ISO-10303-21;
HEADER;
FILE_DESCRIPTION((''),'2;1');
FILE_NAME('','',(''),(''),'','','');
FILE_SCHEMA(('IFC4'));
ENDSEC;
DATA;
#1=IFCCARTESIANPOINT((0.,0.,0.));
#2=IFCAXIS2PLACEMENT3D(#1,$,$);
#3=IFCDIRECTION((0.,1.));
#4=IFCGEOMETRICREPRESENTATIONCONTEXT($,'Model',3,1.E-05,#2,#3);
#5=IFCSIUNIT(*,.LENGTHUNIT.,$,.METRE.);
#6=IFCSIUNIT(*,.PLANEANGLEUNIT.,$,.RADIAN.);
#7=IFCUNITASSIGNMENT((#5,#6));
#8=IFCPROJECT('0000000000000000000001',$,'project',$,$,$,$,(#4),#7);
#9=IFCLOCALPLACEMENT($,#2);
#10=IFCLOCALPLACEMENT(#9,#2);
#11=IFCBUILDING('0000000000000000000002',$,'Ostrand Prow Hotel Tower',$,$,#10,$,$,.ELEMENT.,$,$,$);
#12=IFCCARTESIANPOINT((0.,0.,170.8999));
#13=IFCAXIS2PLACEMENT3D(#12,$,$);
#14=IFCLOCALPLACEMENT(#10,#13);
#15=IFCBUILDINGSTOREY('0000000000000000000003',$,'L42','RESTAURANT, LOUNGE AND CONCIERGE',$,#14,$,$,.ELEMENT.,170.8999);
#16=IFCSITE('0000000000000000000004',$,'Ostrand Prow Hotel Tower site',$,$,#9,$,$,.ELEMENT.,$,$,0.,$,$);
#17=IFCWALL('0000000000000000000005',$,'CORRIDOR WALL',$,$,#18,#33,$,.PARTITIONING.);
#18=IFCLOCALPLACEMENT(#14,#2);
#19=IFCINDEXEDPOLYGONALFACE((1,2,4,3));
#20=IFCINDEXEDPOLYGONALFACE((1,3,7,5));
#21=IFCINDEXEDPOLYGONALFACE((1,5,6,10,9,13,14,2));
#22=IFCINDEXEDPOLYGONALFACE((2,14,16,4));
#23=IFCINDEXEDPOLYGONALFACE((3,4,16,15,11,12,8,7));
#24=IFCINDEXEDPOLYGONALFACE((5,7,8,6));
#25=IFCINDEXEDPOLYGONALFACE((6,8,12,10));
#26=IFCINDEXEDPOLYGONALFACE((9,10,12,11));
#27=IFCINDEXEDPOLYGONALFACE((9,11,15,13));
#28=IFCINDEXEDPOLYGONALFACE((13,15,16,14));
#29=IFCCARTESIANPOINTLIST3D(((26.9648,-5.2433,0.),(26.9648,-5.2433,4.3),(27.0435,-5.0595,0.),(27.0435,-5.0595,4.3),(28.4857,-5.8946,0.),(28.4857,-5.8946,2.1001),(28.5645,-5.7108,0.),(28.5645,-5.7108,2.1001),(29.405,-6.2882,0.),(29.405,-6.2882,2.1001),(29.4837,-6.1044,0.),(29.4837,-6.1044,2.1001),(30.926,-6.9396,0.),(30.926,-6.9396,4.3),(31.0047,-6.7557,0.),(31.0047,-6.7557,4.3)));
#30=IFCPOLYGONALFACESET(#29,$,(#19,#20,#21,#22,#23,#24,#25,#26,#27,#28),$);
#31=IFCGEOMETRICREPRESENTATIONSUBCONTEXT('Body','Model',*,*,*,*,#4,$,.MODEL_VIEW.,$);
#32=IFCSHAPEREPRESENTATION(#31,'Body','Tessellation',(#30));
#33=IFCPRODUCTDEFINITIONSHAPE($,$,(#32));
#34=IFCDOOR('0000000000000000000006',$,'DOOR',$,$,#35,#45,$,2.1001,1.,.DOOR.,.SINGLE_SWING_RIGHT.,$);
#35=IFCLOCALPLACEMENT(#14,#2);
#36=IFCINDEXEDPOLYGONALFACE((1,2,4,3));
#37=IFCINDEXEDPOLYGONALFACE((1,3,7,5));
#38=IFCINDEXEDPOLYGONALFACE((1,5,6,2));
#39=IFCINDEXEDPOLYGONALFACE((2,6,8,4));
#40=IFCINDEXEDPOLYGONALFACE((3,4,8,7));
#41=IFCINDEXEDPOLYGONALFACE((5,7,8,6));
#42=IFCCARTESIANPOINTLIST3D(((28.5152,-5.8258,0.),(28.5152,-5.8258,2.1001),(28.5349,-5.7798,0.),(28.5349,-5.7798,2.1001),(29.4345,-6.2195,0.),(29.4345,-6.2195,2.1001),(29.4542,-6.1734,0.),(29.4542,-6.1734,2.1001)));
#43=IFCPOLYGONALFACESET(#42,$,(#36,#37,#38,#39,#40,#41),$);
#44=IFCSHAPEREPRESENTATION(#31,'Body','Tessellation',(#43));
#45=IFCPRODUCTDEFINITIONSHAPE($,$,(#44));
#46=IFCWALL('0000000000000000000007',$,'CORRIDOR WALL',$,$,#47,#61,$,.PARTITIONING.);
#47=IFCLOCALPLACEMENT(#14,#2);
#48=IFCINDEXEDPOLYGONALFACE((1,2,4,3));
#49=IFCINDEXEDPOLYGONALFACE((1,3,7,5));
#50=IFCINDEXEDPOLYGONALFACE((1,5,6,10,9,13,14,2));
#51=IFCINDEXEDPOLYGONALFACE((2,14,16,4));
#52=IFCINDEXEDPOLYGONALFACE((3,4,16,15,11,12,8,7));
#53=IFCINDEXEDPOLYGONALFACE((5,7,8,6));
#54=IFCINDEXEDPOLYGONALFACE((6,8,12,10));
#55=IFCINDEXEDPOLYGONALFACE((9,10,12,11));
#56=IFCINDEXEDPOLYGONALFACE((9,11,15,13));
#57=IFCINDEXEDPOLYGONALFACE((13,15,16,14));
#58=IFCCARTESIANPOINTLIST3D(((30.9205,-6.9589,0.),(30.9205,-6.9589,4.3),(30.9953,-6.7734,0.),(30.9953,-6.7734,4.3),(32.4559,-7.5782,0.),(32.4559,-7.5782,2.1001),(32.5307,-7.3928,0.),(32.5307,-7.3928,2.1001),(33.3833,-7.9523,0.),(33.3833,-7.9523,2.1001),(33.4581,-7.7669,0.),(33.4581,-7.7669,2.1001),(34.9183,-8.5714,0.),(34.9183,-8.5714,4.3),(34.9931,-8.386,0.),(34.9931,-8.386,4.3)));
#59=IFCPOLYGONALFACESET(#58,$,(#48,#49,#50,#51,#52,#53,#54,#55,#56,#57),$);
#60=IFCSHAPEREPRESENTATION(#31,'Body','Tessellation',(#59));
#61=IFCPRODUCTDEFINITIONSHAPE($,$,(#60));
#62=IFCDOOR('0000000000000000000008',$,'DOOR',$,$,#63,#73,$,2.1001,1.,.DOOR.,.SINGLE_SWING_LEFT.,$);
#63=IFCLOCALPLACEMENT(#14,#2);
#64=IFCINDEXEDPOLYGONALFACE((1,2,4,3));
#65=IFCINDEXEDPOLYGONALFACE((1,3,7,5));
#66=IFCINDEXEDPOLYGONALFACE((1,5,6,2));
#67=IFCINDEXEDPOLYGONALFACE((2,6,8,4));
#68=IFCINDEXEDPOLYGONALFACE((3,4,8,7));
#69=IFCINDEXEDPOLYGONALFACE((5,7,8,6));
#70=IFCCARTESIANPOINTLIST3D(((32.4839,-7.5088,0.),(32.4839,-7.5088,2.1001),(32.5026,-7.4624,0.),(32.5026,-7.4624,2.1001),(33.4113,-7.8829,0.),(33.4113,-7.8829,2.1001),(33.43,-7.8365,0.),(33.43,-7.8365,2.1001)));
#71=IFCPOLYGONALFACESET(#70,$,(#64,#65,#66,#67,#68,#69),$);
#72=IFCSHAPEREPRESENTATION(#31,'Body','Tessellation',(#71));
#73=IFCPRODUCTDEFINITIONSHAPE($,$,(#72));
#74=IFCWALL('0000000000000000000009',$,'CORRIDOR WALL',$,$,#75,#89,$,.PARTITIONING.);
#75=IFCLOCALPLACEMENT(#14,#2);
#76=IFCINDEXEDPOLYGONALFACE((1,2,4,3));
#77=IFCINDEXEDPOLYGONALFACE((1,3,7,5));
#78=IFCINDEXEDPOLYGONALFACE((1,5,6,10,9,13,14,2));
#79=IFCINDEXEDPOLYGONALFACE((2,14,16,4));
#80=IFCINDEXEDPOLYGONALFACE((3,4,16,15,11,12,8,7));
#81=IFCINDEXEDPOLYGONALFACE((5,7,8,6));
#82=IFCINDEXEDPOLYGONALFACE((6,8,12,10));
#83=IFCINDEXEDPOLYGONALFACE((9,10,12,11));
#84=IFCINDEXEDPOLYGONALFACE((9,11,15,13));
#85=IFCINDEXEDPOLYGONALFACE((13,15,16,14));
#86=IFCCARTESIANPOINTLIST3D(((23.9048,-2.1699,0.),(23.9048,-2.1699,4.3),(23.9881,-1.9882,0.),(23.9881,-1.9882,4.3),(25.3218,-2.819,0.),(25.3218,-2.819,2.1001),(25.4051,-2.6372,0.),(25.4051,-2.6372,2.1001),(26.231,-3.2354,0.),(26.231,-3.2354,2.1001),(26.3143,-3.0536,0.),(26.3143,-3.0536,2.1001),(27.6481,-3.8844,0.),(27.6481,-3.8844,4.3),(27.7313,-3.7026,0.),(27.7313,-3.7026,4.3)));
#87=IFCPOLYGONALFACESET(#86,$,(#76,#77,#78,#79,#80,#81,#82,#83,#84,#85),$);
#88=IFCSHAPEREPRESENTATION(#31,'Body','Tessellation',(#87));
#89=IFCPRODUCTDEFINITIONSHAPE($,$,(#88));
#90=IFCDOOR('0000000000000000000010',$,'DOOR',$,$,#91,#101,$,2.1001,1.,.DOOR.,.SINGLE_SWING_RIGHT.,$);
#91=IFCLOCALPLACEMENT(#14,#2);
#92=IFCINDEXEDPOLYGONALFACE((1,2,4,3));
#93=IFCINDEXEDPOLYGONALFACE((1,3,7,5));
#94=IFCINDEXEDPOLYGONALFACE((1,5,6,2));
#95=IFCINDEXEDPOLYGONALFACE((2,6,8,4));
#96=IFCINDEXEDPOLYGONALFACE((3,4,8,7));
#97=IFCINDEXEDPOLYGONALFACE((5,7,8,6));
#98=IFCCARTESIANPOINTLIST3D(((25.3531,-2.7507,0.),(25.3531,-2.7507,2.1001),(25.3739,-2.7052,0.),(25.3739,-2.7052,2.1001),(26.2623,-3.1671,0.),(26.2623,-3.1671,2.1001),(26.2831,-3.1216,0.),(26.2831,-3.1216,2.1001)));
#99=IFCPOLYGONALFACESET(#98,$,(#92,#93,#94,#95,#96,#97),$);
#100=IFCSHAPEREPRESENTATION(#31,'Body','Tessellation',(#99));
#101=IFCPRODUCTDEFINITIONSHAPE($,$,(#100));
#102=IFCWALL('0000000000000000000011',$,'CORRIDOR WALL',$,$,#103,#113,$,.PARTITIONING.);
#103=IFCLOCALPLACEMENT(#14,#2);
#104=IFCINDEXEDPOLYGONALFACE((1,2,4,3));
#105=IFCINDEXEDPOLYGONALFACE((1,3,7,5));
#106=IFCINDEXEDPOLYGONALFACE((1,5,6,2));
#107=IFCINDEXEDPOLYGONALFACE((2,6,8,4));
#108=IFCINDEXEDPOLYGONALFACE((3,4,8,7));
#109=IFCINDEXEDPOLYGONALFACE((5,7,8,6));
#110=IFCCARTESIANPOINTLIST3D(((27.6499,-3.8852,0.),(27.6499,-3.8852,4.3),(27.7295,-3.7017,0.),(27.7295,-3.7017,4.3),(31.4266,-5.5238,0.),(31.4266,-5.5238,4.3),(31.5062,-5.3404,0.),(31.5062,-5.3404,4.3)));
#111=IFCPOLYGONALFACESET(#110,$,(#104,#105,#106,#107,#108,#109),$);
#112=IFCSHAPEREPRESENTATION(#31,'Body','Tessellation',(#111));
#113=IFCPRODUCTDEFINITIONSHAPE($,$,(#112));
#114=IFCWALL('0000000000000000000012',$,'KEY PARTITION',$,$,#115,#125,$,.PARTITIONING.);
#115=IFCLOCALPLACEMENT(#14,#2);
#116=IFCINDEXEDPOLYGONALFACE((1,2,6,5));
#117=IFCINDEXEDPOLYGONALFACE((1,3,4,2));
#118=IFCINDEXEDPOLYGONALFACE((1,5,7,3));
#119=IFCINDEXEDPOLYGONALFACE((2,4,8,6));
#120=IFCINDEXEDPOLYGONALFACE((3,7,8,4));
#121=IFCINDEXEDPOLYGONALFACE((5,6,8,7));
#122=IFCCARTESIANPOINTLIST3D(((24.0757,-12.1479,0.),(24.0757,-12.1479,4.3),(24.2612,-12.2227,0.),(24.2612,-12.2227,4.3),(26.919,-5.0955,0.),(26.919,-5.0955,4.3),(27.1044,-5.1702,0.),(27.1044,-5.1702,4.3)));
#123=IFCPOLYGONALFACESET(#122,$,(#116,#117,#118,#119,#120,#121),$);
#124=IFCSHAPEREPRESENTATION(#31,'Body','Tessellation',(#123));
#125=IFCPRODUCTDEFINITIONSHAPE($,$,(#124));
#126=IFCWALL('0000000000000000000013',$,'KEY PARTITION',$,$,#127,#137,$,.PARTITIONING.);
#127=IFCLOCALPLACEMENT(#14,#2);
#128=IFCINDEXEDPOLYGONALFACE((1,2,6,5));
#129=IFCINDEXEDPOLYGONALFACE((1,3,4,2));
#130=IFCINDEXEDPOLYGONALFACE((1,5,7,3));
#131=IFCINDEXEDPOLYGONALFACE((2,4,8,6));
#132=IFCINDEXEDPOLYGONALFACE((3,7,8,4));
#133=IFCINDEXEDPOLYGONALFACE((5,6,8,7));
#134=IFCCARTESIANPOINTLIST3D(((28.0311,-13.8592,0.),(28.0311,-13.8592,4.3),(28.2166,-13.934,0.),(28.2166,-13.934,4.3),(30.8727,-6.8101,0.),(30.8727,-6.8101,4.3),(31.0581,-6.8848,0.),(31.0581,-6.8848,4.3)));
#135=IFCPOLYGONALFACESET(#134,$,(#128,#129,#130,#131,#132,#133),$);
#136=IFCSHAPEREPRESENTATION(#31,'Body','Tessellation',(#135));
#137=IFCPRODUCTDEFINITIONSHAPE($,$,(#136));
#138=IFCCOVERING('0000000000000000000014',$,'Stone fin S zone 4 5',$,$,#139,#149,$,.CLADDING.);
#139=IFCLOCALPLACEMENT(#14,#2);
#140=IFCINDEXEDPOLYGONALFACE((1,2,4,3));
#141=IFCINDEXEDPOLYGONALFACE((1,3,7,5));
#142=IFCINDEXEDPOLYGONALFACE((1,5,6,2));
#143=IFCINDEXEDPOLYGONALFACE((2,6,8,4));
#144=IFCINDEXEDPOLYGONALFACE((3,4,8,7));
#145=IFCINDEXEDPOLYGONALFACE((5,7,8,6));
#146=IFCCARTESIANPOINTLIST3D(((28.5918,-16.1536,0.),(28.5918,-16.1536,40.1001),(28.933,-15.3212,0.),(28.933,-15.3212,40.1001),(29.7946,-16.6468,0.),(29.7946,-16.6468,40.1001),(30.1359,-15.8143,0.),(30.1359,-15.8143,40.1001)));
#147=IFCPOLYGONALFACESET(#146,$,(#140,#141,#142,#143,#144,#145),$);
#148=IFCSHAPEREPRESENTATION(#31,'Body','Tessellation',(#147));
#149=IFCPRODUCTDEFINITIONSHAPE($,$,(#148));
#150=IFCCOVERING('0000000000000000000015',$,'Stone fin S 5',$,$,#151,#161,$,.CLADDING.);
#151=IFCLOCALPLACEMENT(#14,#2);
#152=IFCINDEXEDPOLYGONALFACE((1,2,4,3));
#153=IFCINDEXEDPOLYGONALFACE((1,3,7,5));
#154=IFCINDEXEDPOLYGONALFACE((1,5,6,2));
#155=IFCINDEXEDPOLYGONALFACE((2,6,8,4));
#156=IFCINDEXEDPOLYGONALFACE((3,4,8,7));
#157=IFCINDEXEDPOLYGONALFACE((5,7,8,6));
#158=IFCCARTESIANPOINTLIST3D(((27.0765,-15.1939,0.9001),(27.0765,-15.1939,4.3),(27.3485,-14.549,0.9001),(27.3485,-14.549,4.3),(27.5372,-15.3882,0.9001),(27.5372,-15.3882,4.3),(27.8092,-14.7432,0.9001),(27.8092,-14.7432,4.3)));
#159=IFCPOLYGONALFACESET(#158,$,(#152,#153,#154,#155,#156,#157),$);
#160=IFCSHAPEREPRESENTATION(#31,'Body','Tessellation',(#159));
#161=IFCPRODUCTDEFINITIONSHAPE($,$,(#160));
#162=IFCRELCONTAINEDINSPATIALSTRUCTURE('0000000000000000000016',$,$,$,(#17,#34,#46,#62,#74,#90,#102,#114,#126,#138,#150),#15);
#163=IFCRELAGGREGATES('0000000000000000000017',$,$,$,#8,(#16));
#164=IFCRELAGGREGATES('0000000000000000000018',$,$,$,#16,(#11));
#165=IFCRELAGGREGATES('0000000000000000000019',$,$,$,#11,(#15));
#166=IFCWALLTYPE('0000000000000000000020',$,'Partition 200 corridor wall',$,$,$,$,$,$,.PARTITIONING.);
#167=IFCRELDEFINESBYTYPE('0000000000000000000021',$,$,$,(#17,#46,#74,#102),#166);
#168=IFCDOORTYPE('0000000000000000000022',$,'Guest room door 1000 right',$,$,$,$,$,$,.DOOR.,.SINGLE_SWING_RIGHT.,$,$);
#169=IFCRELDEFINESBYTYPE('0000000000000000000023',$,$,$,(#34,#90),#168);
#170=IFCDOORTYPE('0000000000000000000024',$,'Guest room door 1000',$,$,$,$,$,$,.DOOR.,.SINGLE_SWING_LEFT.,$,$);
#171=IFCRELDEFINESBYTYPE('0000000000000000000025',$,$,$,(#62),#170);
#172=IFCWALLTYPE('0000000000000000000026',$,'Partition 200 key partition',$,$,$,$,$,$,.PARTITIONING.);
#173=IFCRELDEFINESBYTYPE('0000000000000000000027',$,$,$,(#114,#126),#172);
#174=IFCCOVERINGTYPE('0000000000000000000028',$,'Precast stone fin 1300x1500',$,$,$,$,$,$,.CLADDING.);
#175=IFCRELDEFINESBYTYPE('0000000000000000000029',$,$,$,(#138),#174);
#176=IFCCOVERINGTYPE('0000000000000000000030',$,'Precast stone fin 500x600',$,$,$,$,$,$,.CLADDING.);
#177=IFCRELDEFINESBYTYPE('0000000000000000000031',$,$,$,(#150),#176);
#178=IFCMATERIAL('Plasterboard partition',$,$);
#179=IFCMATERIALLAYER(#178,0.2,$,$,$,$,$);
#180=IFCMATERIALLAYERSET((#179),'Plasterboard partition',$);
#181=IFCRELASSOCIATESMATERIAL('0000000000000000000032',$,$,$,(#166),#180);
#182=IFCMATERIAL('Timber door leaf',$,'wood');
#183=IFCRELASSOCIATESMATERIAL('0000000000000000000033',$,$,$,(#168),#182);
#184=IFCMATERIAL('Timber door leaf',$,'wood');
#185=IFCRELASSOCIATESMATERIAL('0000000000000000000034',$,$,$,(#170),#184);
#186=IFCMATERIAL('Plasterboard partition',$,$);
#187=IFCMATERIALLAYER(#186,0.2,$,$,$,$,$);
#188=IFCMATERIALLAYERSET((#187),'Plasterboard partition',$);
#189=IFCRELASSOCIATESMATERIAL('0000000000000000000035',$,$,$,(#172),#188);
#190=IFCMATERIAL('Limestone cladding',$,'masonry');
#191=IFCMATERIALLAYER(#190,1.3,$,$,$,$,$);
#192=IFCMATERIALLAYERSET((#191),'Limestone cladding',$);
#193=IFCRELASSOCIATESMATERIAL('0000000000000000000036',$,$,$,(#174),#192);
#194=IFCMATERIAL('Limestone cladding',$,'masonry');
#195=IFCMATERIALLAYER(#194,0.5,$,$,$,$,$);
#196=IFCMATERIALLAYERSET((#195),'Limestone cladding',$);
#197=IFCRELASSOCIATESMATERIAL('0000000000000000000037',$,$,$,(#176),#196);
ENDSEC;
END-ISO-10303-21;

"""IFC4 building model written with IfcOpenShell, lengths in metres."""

from ifc_helpers import new_model, si_unit, direction, frame, frame_2d, origin, place, context, subcontext, project, spatial, rectangle, extrude, material, layer, layer_set, type_object, element, fill, save


model = new_model("IFC4")

# Units and contexts
model_context = context("Model", 3, precision=1e-05, world=origin(), true_north=direction((0.0, 1.0)))
body_context = subcontext(model_context, "Body", "Model", "MODEL_VIEW")
ifc_project = project(units=[si_unit("LENGTHUNIT", "METRE"), si_unit("PLANEANGLEUNIT", "RADIAN")], contexts=[model_context])

# Site, building, storey
site_placement = place(None, origin())
site = spatial("IfcSite", under=ifc_project, at=site_placement, Name="Ostrand Prow Hotel Tower site", CompositionType="ELEMENT", RefElevation=0.0)
building_placement = place(site_placement, origin())
building = spatial("IfcBuilding", under=site, at=building_placement, Name="Ostrand Prow Hotel Tower", CompositionType="ELEMENT")
storey_placement = place(building_placement, frame((0.0, 0.0, 170.8999)))
storey = spatial("IfcBuildingStorey", under=building, at=storey_placement, Name="L42", Description="RESTAURANT, LOUNGE AND CONCIERGE", CompositionType="ELEMENT", Elevation=170.8999)

# Walls, openings, doors
ifc_material_1 = material(Name="Plasterboard partition")
ifc_layer_1 = layer(ifc_material_1, 0.2)
ifc_layer_set_1 = layer_set([ifc_layer_1], Name="Plasterboard partition")
wall_type_1 = type_object("IfcWallType", Name="Partition 200 corridor wall", PredefinedType="PARTITIONING", material=ifc_layer_set_1)
wall_1_placement = place(storey_placement, frame((27.0042, -5.1514, 0.0), z_axis=(0.0, 0.0, 1.0), x_axis=(0.919259, -0.393653, 0.0)))
wall_1 = element("IfcWall", 1, at=wall_1_placement, inside=storey, type_object=wall_type_1, Name="CORRIDOR WALL", PredefinedType="PARTITIONING", context=body_context, shape_type="SweptSolid", body=[
    extrude(rectangle(XDim=4.3091, YDim=0.2, at=frame_2d((2.1545, 0.0))), origin(), (0.0, 0.0, 1.0), 4.3),
])
opening_1_placement = place(wall_1_placement, frame((1.6545, 0.0, 0.0)))
opening_1 = element("IfcOpeningElement", 2, at=opening_1_placement, cuts=wall_1, PredefinedType="OPENING", context=body_context, shape_type="SweptSolid", body=[
    extrude(rectangle(XDim=1.0, YDim=2.1001, at=frame_2d((0.5, 1.05))), frame((0.0, 0.1099, 0.0), z_axis=(0.0, -1.0, 0.0), x_axis=(1.0, 0.0, 0.0)), (0.0, 0.0, 1.0), 0.22),
])
ifc_material_2 = material(Name="Timber door leaf", Category="wood")
door_type_1 = type_object("IfcDoorType", Name="Guest room door 1000 right", OperationType="SINGLE_SWING_RIGHT", PredefinedType="DOOR", material=ifc_material_2)
door_1_placement = place(opening_1_placement, origin())
door_1 = element("IfcDoor", 3, at=door_1_placement, inside=storey, type_object=door_type_1, Name="DOOR", OperationType="SINGLE_SWING_RIGHT", OverallHeight=2.1001, OverallWidth=1.0, PredefinedType="DOOR", context=body_context, shape_type="SweptSolid", body=[
    extrude(rectangle(XDim=1.0, YDim=2.1001, at=frame_2d((0.5, 1.05))), frame((0.0, 0.0249, 0.0), z_axis=(0.0, -1.0, 0.0), x_axis=(1.0, 0.0, 0.0)), (0.0, 0.0, 1.0), 0.05),
])
fill(opening_1, door_1)
wall_2_placement = place(storey_placement, frame((30.958, -6.8662, 0.0), z_axis=(0.0, 0.0, 1.0), x_axis=(0.927399, -0.374074, 0.0)))
wall_2 = element("IfcWall", 4, at=wall_2_placement, inside=storey, type_object=wall_type_1, Name="CORRIDOR WALL", PredefinedType="PARTITIONING", context=body_context, shape_type="SweptSolid", body=[
    extrude(rectangle(XDim=4.3108, YDim=0.2, at=frame_2d((2.1553, 0.0))), origin(), (0.0, 0.0, 1.0), 4.3),
])
opening_2_placement = place(wall_2_placement, frame((1.6555, 0.0, 0.0)))
opening_2 = element("IfcOpeningElement", 5, at=opening_2_placement, cuts=wall_2, PredefinedType="OPENING", context=body_context, shape_type="SweptSolid", body=[
    extrude(rectangle(XDim=1.0, YDim=2.1001, at=frame_2d((0.5, 1.05))), frame((0.0, 0.1099, 0.0), z_axis=(0.0, -1.0, 0.0), x_axis=(1.0, 0.0, 0.0)), (0.0, 0.0, 1.0), 0.22),
])
ifc_material_3 = material(Name="Timber door leaf", Category="wood")
door_type_2 = type_object("IfcDoorType", Name="Guest room door 1000", OperationType="SINGLE_SWING_LEFT", PredefinedType="DOOR", material=ifc_material_3)
door_2_placement = place(opening_2_placement, origin())
door_2 = element("IfcDoor", 6, at=door_2_placement, inside=storey, type_object=door_type_2, Name="DOOR", OperationType="SINGLE_SWING_LEFT", OverallHeight=2.1001, OverallWidth=1.0, PredefinedType="DOOR", context=body_context, shape_type="SweptSolid", body=[
    extrude(rectangle(XDim=1.0, YDim=2.1001, at=frame_2d((0.5, 1.05))), frame((0.0, 0.0249, 0.0), z_axis=(0.0, -1.0, 0.0), x_axis=(1.0, 0.0, 0.0)), (0.0, 0.0, 1.0), 0.05),
])
fill(opening_2, door_2)
wall_3_placement = place(storey_placement, frame((27.6897, -3.7935, 0.0), z_axis=(0.0, 0.0, 1.0), x_axis=(-0.909181, 0.416402, 0.0)))
wall_3 = element("IfcWall", 7, at=wall_3_placement, inside=storey, type_object=wall_type_1, Name="CORRIDOR WALL", PredefinedType="PARTITIONING", context=body_context, shape_type="SweptSolid", body=[
    extrude(rectangle(XDim=4.1172, YDim=0.2, at=frame_2d((2.0586, 0.0))), origin(), (0.0, 0.0, 1.0), 4.3),
])
opening_3_placement = place(wall_3_placement, frame((1.5586, 0.0, 0.0)))
opening_3 = element("IfcOpeningElement", 8, at=opening_3_placement, cuts=wall_3, PredefinedType="OPENING", context=body_context, shape_type="SweptSolid", body=[
    extrude(rectangle(XDim=1.0, YDim=2.1001, at=frame_2d((0.5, 1.05))), frame((0.0, 0.1099, 0.0), z_axis=(0.0, -1.0, 0.0), x_axis=(1.0, 0.0, 0.0)), (0.0, 0.0, 1.0), 0.22),
])
door_3_placement = place(opening_3_placement, origin())
door_3 = element("IfcDoor", 9, at=door_3_placement, inside=storey, type_object=door_type_1, Name="DOOR", OperationType="SINGLE_SWING_RIGHT", OverallHeight=2.1001, OverallWidth=1.0, PredefinedType="DOOR", context=body_context, shape_type="SweptSolid", body=[
    extrude(rectangle(XDim=1.0, YDim=2.1001, at=frame_2d((0.5, 1.05))), frame((0.0, 0.0249, 0.0), z_axis=(0.0, -1.0, 0.0), x_axis=(1.0, 0.0, 0.0)), (0.0, 0.0, 1.0), 0.05),
])
fill(opening_3, door_3)

# Walls
wall_4_placement = place(storey_placement, frame((31.4666, -5.4321, 0.0), z_axis=(0.0, 0.0, 1.0), x_axis=(-0.917375, 0.398023, 0.0)))
element("IfcWall", 10, at=wall_4_placement, inside=storey, type_object=wall_type_1, Name="CORRIDOR WALL", PredefinedType="PARTITIONING", context=body_context, shape_type="SweptSolid", body=[
    extrude(rectangle(XDim=4.1169, YDim=0.2, at=frame_2d((2.0586, 0.0))), origin(), (0.0, 0.0, 1.0), 4.3),
])
ifc_material_4 = material(Name="Plasterboard partition")
ifc_layer_2 = layer(ifc_material_4, 0.2)
ifc_layer_set_2 = layer_set([ifc_layer_2], Name="Plasterboard partition")
wall_type_2 = type_object("IfcWallType", Name="Partition 200 key partition", PredefinedType="PARTITIONING", material=ifc_layer_set_2)
wall_5_placement = place(storey_placement, frame((24.1685, -12.1853, 0.0), z_axis=(0.0, 0.0, 1.0), x_axis=(0.373914, 0.927464, 0.0)))
element("IfcWall", 11, at=wall_5_placement, inside=storey, type_object=wall_type_2, Name="KEY PARTITION", PredefinedType="PARTITIONING", context=body_context, shape_type="SweptSolid", body=[
    extrude(rectangle(XDim=7.604, YDim=0.2, at=frame_2d((3.802, 0.0))), origin(), (0.0, 0.0, 1.0), 4.3),
])
wall_6_placement = place(storey_placement, frame((28.1238, -13.8967, 0.0), z_axis=(0.0, 0.0, 1.0), x_axis=(0.373876, 0.927479, 0.0)))
element("IfcWall", 12, at=wall_6_placement, inside=storey, type_object=wall_type_2, Name="KEY PARTITION", PredefinedType="PARTITIONING", context=body_context, shape_type="SweptSolid", body=[
    extrude(rectangle(XDim=7.6003, YDim=0.2, at=frame_2d((3.8003, 0.0))), origin(), (0.0, 0.0, 1.0), 4.3),
])

# Coverings
ifc_material_5 = material(Name="Limestone cladding", Category="masonry")
ifc_layer_3 = layer(ifc_material_5, 1.3)
ifc_layer_set_3 = layer_set([ifc_layer_3], Name="Limestone cladding")
covering_type_1 = type_object("IfcCoveringType", Name="Precast stone fin 1300x1500", PredefinedType="CLADDING", material=ifc_layer_set_3)
covering_1_placement = place(storey_placement, frame((29.5344, -15.5679, 0.0), z_axis=(0.0, 0.0, 1.0), x_axis=(-0.37933, -0.925261, 0.0)))
element("IfcCovering", 13, at=covering_1_placement, inside=storey, type_object=covering_type_1, Name="Stone fin S zone 4 5", PredefinedType="CLADDING", context=body_context, shape_type="SweptSolid", body=[
    extrude(rectangle(XDim=0.8997, YDim=1.3, at=frame_2d((0.4497, 0.0))), origin(), (0.0, 0.0, 1.0), 40.1001),
])
ifc_material_6 = material(Name="Limestone cladding", Category="masonry")
ifc_layer_4 = layer(ifc_material_6, 0.5)
ifc_layer_set_4 = layer_set([ifc_layer_4], Name="Limestone cladding")
covering_type_2 = type_object("IfcCoveringType", Name="Precast stone fin 500x600", PredefinedType="CLADDING", material=ifc_layer_set_4)
covering_2_placement = place(storey_placement, frame((27.5789, -14.646, 0.9001), z_axis=(0.0, 0.0, 1.0), x_axis=(-0.388525, -0.921438, 0.0)))
element("IfcCovering", 14, at=covering_2_placement, inside=storey, type_object=covering_type_2, Name="Stone fin S 5", PredefinedType="CLADDING", context=body_context, shape_type="SweptSolid", body=[
    extrude(rectangle(XDim=0.7, YDim=0.5, at=frame_2d((0.3501, 0.0))), origin(), (0.0, 0.0, 1.0), 3.3999),
])

save(model, "model.ifc")
